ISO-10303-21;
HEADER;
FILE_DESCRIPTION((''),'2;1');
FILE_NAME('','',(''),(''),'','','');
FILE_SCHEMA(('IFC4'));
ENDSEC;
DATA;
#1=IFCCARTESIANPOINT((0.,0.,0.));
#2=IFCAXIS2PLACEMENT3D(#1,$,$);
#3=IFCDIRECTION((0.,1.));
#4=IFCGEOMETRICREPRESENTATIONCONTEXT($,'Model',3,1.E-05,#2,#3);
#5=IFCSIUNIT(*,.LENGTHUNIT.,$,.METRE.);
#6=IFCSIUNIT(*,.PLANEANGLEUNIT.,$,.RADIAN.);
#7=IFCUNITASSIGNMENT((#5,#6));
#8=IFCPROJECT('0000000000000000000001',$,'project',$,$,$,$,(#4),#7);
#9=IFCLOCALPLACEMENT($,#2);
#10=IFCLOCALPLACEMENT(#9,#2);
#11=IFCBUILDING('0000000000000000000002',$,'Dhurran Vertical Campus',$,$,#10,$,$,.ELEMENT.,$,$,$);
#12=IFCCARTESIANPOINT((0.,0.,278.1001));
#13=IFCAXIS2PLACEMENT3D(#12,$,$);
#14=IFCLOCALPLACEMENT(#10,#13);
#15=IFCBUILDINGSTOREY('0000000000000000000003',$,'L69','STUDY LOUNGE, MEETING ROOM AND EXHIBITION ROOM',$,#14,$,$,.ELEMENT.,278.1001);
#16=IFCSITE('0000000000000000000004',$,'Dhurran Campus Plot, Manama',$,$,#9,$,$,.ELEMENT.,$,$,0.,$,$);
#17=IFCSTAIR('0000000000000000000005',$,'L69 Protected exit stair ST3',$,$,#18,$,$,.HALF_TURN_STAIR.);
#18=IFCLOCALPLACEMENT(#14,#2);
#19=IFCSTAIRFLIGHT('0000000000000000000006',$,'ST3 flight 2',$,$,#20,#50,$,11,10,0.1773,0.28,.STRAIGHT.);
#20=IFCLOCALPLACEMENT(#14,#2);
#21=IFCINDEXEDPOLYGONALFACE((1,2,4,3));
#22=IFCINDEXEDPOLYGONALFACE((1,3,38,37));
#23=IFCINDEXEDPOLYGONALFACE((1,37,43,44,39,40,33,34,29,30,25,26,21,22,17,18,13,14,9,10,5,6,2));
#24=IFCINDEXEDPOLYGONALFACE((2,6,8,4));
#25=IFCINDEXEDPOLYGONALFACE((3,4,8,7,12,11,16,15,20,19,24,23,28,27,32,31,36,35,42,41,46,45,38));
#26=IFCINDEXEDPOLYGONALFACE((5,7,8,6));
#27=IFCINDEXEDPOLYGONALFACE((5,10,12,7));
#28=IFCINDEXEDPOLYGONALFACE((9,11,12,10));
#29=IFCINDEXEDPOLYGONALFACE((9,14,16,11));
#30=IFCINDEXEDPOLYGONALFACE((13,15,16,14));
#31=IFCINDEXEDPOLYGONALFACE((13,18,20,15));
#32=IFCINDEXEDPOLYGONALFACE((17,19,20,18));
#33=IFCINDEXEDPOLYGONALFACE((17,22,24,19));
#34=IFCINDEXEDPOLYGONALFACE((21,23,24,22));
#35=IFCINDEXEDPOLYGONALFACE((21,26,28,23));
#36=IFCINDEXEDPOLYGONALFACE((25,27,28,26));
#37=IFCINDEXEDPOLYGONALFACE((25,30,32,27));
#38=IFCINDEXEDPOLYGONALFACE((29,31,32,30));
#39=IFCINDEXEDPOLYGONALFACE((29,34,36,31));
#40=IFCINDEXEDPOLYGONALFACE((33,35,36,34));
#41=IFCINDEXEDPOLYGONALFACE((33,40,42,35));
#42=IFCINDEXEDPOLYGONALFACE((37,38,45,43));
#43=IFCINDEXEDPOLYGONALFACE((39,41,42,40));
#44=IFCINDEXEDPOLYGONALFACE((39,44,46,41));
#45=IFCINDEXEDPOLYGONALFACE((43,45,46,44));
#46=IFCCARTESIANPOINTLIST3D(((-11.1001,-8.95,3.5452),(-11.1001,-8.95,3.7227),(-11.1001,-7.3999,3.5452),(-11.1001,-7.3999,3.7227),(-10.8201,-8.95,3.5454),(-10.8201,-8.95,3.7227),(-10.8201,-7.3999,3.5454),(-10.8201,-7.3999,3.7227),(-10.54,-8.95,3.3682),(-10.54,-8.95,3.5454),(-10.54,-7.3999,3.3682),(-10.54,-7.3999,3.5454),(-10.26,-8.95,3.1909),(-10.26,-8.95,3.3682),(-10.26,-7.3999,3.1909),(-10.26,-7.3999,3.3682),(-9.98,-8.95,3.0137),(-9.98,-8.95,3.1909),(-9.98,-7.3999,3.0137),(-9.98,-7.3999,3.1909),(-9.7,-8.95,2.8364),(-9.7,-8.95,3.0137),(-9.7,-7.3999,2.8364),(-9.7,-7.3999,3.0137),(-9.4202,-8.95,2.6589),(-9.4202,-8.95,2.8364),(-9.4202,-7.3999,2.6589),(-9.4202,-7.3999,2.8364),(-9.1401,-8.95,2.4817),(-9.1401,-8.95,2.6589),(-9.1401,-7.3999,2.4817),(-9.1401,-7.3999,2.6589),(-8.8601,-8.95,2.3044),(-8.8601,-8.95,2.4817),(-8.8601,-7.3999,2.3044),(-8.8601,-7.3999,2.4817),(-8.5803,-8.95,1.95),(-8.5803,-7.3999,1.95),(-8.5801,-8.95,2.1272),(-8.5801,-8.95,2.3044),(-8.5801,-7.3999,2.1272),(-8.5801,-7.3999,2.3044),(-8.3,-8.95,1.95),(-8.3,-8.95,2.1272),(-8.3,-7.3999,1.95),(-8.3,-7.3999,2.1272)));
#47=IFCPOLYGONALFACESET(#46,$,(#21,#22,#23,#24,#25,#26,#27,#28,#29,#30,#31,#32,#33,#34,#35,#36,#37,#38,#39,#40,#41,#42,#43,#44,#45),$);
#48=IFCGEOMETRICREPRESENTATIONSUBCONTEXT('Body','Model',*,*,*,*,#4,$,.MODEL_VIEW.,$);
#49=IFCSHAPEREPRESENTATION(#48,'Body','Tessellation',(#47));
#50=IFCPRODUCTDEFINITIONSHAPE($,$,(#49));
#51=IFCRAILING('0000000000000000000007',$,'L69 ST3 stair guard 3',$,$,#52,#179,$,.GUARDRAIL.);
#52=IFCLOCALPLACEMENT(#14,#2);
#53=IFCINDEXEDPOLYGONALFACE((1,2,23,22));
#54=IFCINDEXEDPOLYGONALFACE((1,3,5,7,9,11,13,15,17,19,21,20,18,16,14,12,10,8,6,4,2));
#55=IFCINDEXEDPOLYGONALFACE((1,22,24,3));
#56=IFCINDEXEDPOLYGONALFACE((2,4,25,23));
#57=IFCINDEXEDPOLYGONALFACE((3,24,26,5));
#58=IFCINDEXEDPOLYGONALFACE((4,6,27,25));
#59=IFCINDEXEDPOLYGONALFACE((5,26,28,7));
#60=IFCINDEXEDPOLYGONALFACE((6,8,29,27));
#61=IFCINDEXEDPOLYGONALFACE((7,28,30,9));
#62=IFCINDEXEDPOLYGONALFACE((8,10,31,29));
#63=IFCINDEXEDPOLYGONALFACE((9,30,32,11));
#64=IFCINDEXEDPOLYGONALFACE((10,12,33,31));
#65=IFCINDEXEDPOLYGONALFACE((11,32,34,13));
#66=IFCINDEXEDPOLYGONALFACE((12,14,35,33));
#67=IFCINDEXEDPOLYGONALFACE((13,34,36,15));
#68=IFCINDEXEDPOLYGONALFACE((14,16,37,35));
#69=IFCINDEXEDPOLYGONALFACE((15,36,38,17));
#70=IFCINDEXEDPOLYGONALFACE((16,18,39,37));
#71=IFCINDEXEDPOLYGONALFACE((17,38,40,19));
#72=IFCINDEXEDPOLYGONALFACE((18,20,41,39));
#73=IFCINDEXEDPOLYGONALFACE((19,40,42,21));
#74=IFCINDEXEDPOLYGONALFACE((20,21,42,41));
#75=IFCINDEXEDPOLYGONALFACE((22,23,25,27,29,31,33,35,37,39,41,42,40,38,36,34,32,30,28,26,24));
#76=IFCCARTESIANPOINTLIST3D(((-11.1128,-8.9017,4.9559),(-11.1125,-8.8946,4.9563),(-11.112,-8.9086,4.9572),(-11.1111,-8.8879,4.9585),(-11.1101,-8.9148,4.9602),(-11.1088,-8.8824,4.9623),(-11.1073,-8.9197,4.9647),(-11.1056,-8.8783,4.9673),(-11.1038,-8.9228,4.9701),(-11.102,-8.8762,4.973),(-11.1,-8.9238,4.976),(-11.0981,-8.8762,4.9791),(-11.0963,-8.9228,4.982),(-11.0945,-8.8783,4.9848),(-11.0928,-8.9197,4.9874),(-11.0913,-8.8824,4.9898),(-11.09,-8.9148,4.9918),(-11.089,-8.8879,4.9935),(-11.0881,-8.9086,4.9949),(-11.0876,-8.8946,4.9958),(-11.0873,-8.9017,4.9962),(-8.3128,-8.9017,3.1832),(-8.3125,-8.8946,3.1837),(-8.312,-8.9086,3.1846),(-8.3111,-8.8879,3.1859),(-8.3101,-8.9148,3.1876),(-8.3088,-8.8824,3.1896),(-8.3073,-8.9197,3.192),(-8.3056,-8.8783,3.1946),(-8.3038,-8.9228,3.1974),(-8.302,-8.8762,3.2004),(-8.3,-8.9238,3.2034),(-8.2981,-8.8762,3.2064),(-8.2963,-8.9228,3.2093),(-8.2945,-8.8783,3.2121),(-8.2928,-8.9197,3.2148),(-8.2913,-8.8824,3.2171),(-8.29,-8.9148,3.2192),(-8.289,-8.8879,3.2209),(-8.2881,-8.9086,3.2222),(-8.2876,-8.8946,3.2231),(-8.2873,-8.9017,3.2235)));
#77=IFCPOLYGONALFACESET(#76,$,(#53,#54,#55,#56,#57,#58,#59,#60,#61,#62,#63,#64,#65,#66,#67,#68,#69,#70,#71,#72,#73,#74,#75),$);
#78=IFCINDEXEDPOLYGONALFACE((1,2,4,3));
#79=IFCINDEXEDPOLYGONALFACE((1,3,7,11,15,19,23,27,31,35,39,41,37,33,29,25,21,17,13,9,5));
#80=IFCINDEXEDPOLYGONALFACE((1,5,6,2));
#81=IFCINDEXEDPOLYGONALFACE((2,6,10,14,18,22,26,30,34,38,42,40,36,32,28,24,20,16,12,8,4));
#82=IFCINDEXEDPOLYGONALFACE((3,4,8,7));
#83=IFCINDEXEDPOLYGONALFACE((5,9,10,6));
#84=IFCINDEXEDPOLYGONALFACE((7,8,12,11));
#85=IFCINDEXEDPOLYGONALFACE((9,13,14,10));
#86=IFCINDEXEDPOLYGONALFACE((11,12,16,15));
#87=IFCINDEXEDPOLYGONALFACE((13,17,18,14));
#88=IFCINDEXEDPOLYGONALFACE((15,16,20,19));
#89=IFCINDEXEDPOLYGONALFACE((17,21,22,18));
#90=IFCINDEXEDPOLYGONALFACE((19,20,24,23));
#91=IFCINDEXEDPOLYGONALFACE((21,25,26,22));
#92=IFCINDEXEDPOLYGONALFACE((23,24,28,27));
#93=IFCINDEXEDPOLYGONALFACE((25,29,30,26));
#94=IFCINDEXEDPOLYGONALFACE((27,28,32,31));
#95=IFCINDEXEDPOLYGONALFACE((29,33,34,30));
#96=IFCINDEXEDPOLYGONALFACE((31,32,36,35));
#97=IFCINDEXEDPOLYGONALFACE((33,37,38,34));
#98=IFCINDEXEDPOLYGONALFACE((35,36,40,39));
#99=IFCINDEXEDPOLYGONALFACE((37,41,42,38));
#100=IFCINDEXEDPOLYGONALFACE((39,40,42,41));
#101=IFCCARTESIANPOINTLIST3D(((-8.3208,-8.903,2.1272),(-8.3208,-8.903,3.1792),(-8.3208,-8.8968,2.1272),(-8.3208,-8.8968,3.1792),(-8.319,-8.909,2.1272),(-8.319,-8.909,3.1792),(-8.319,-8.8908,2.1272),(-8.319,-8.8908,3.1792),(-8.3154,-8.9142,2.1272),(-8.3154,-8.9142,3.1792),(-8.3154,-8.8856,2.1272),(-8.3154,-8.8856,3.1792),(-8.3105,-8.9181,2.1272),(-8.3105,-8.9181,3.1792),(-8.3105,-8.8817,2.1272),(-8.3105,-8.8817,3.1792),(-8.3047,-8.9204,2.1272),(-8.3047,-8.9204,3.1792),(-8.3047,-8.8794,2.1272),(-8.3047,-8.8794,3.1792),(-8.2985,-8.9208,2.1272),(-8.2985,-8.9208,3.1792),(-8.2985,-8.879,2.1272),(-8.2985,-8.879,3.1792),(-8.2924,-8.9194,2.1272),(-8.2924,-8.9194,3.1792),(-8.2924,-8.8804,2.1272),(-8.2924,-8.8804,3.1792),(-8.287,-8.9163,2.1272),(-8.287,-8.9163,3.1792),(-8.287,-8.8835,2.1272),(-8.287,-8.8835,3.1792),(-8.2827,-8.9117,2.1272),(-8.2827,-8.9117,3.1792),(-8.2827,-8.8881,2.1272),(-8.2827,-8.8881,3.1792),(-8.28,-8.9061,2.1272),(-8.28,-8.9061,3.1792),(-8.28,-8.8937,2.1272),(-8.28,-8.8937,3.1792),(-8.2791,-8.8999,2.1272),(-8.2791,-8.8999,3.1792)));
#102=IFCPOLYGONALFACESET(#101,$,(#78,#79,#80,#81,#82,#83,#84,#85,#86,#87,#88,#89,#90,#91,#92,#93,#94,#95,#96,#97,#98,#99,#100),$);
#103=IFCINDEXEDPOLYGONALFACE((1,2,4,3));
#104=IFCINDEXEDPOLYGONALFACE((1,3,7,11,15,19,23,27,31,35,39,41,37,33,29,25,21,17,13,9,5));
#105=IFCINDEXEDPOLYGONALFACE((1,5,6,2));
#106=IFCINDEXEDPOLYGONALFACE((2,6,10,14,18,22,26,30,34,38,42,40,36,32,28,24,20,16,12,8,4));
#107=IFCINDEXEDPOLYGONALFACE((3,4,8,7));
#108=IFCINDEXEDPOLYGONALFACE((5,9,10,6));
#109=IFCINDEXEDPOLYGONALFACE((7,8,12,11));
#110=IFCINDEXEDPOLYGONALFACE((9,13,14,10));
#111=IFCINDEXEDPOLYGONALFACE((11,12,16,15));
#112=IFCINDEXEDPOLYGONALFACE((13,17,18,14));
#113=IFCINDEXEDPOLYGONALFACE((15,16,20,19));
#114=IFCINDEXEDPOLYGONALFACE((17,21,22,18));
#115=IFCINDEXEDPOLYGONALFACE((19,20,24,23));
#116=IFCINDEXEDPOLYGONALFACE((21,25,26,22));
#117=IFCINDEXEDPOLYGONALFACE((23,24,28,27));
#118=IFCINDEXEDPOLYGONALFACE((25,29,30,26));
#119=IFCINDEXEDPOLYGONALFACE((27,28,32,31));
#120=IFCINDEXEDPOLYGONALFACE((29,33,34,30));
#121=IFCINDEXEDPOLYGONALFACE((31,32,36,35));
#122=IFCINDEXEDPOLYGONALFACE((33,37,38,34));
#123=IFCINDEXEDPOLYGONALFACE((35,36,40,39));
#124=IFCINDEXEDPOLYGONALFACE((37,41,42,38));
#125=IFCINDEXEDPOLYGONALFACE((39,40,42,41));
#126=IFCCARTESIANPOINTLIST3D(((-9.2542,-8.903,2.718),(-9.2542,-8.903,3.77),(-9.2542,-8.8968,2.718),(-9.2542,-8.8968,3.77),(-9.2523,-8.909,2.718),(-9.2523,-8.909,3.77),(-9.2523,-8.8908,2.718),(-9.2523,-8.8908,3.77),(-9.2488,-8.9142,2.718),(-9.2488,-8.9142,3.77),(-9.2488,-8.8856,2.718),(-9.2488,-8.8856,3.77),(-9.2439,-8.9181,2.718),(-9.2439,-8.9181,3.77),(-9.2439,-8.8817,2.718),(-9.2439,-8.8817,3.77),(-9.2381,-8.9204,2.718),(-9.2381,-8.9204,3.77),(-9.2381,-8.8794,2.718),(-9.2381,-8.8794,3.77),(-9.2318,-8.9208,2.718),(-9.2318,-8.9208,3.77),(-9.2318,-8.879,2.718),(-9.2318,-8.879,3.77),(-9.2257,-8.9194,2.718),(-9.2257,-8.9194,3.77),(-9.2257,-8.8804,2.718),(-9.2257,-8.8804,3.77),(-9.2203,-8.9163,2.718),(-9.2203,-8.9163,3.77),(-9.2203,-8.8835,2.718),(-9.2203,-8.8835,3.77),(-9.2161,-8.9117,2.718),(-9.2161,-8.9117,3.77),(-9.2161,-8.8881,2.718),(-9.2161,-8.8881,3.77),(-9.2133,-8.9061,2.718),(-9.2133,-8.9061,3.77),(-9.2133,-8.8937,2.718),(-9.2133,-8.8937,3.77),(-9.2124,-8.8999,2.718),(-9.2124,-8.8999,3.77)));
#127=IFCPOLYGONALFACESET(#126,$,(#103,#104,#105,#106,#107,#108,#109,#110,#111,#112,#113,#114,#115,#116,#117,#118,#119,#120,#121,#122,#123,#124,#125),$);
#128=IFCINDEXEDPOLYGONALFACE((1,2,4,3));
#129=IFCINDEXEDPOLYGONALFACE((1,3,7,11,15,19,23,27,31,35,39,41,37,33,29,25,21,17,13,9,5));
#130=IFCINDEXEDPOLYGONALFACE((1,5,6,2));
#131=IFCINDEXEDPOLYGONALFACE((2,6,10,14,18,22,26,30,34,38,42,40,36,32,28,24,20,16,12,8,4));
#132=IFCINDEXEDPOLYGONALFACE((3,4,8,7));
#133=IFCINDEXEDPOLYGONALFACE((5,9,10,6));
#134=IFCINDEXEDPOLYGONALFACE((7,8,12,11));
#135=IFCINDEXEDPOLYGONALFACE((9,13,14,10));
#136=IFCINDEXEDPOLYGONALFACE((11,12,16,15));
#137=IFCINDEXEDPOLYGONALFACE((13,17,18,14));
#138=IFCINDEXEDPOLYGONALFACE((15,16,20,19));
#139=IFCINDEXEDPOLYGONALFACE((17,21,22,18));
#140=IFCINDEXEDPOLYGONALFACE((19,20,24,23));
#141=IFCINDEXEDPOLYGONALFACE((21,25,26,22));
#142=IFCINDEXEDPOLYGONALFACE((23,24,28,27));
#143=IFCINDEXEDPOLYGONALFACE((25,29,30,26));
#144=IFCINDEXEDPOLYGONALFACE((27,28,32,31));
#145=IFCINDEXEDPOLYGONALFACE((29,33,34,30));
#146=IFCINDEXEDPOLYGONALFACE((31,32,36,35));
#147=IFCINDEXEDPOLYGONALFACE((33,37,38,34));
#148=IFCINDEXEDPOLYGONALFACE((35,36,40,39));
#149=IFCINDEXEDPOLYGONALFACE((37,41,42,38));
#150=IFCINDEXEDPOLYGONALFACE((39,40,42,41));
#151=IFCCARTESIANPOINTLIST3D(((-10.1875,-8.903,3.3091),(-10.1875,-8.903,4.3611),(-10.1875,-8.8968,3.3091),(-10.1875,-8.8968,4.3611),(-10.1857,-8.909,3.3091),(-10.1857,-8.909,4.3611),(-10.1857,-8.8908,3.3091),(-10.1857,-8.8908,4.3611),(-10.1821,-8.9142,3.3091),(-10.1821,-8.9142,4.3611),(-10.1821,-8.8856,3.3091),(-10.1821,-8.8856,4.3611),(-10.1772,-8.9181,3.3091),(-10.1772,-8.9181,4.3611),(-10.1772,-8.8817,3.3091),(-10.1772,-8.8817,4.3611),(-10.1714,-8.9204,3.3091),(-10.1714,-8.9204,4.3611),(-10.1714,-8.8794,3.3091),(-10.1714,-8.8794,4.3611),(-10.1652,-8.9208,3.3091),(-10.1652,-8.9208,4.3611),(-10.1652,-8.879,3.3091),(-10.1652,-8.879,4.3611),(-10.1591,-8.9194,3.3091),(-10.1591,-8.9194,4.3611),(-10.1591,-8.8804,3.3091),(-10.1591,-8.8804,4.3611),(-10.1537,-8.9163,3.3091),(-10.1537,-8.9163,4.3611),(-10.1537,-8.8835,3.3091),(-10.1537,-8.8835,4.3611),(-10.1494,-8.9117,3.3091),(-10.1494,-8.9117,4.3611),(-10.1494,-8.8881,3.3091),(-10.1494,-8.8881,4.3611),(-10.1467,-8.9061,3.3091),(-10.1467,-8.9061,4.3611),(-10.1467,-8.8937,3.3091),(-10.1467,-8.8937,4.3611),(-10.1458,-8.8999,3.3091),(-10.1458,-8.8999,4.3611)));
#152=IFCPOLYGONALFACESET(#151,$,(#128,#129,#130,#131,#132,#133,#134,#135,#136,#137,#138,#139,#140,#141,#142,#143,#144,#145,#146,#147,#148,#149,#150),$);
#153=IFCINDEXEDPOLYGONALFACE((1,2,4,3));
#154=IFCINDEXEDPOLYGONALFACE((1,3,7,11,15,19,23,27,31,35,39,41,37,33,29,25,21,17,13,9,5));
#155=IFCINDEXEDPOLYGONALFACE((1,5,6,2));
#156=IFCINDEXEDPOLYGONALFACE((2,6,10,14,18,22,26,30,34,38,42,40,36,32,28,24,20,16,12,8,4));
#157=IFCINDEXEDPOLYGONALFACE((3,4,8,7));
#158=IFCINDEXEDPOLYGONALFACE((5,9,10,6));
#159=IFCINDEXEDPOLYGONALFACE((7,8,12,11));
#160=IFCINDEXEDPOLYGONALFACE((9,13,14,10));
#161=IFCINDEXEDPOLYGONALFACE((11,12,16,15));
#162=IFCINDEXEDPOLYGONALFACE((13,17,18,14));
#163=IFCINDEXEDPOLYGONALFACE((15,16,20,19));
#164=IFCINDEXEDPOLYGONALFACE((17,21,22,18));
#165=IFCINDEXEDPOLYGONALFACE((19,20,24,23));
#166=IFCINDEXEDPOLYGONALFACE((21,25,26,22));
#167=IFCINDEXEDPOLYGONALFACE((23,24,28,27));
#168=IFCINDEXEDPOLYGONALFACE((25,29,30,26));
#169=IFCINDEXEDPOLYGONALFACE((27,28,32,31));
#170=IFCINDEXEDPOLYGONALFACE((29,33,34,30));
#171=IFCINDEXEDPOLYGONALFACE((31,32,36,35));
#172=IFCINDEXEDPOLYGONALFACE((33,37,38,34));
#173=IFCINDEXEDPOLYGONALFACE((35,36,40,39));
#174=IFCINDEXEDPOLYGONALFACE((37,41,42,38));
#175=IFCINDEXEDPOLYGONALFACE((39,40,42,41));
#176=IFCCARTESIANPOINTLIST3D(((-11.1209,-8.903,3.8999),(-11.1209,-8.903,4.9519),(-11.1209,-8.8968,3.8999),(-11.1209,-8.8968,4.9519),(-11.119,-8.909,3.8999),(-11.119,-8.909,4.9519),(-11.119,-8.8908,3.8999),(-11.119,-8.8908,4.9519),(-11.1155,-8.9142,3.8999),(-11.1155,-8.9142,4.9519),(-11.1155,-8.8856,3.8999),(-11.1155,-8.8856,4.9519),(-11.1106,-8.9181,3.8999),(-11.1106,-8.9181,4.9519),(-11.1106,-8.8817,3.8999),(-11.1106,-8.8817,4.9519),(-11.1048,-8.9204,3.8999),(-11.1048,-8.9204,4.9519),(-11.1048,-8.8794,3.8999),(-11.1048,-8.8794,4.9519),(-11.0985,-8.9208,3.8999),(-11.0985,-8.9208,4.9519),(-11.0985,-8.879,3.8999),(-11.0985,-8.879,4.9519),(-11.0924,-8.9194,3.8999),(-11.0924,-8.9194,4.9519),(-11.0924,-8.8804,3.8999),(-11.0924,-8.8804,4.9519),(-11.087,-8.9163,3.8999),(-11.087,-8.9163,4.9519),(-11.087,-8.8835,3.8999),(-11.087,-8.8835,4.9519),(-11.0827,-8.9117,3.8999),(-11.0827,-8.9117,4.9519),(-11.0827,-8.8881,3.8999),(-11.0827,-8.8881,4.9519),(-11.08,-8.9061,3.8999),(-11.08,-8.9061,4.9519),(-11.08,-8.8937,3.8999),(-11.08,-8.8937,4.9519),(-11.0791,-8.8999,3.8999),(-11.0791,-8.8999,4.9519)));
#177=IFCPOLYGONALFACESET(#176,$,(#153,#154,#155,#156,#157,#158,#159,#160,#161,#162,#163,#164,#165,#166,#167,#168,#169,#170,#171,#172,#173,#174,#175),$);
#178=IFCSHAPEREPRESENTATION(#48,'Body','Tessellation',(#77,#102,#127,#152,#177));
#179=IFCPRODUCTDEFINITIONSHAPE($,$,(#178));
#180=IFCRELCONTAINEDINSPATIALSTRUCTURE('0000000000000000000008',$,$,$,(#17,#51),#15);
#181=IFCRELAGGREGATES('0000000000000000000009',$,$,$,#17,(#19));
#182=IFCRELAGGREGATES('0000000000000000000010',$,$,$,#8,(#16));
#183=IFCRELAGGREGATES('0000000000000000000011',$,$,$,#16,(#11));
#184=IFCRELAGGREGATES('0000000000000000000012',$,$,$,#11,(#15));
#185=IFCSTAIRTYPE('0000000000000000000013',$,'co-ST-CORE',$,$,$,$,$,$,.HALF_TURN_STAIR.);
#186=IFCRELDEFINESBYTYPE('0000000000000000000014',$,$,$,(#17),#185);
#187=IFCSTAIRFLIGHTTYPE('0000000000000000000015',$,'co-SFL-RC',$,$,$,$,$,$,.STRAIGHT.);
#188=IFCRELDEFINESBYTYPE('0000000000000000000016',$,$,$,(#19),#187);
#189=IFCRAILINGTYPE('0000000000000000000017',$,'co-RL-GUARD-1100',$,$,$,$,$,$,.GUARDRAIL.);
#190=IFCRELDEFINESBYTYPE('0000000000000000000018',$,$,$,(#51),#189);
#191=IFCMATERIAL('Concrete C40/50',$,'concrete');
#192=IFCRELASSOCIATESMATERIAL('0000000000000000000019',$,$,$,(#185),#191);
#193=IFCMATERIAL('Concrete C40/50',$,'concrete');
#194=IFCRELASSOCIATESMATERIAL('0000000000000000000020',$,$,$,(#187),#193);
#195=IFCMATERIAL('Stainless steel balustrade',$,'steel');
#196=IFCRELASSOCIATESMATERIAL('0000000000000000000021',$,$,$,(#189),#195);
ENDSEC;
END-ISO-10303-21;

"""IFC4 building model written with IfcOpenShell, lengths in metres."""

from ifc_helpers import new_model, si_unit, direction, frame, origin, origin_2d, place, context, subcontext, project, spatial, polyline, circle, outline, extrude, material, type_object, element, aggregate, save


model = new_model("IFC4")

# Units and contexts
model_context = context("Model", 3, precision=1e-05, world=origin(), true_north=direction((0.0, 1.0)))
body_context = subcontext(model_context, "Body", "Model", "MODEL_VIEW")
ifc_project = project(units=[si_unit("LENGTHUNIT", "METRE"), si_unit("PLANEANGLEUNIT", "RADIAN")], contexts=[model_context])

# Site, building, storey
site_placement = place(None, origin())
site = spatial("IfcSite", under=ifc_project, at=site_placement, Name="Dhurran Campus Plot, Manama", CompositionType="ELEMENT", RefElevation=0.0)
building_placement = place(site_placement, origin())
building = spatial("IfcBuilding", under=site, at=building_placement, Name="Dhurran Vertical Campus", CompositionType="ELEMENT")
storey_placement = place(building_placement, frame((0.0, 0.0, 278.1001)))
storey = spatial("IfcBuildingStorey", under=building, at=storey_placement, Name="L69", Description="STUDY LOUNGE, MEETING ROOM AND EXHIBITION ROOM", CompositionType="ELEMENT", Elevation=278.1001)

# Stair, stair flight
ifc_material_1 = material(Name="Concrete C40/50", Category="concrete")
stair_type = type_object("IfcStairType", Name="co-ST-CORE", PredefinedType="HALF_TURN_STAIR", material=ifc_material_1)
stair_placement = place(storey_placement, origin())
stair = element("IfcStair", 1, at=stair_placement, inside=storey, type_object=stair_type, Name="L69 Protected exit stair ST3", PredefinedType="HALF_TURN_STAIR")
ifc_material_2 = material(Name="Concrete C40/50", Category="concrete")
stair_flight_type = type_object("IfcStairFlightType", Name="co-SFL-RC", PredefinedType="STRAIGHT", material=ifc_material_2)
stair_flight_placement = place(storey_placement, frame((-8.3, -8.175, 1.95), z_axis=(0.0, 0.0, 1.0), x_axis=(-1.0, 0.0, 0.0)))
stair_flight = element("IfcStairFlight", 2, at=stair_flight_placement, type_object=stair_flight_type, Name="ST3 flight 2", NumberOfRisers=11, NumberOfTreads=10, PredefinedType="STRAIGHT", RiserHeight=0.1773, TreadLength=0.28, context=body_context, shape_type="SweptSolid", body=[
    extrude(outline(polyline([(0.0, 0.0), (0.0, 0.1772), (0.28, 0.1772), (0.28, 0.3545), (0.5601, 0.3545), (0.5601, 0.5317), (0.8401, 0.5317), (0.8401, 0.709), (1.1201, 0.709), (1.1201, 0.8865), (1.3999, 0.8865), (1.3999, 1.0637), (1.6799, 1.0637), (1.6799, 1.241), (1.96, 1.241), (1.96, 1.4182), (2.24, 1.4182), (2.24, 1.5955), (2.52, 1.5955), (2.52, 1.7727), (2.8, 1.7727), (2.8, 1.95), (2.8, 1.5952), (0.2803, 0.0), (0.0, 0.0)])), frame((0.0, 0.7749, 0.0), z_axis=(0.0, -1.0, 0.0), x_axis=(1.0, 0.0, 0.0)), (0.0, 0.0, 1.0), 1.55),
])
aggregate(stair, [stair_flight])

# Railing
ifc_material_3 = material(Name="Stainless steel balustrade", Category="steel")
railing_type_1 = type_object("IfcRailingType", Name="co-RL-GUARD-1100", PredefinedType="GUARDRAIL", material=ifc_material_3)
railing_1_placement = place(storey_placement, frame((-8.3, -8.8999, 2.1272)))
element("IfcRailing", 3, at=railing_1_placement, inside=storey, type_object=railing_type_1, Name="L69 ST3 stair guard 3", PredefinedType="GUARDRAIL", context=body_context, shape_type="SweptSolid", body=[
    extrude(circle(Radius=0.0239, at=origin_2d()), frame((0.0, 0.0, 1.0762), z_axis=(-0.844909, 0.0, 0.53491), x_axis=(0.0, -1.0, 0.0)), (0.0, 0.0, 1.0), 3.314),
    extrude(circle(Radius=0.021, at=origin_2d()), origin(), (0.0, 0.0, 1.0), 1.052),
    extrude(circle(Radius=0.021, at=origin_2d()), frame((-0.9333, 0.0, 0.5908)), (0.0, 0.0, 1.0), 1.052),
    extrude(circle(Radius=0.021, at=origin_2d()), frame((-1.8667, 0.0, 1.1819)), (0.0, 0.0, 1.0), 1.052),
    extrude(circle(Radius=0.021, at=origin_2d()), frame((-2.8, 0.0, 1.7727)), (0.0, 0.0, 1.0), 1.052),
])

save(model, "model.ifc")
